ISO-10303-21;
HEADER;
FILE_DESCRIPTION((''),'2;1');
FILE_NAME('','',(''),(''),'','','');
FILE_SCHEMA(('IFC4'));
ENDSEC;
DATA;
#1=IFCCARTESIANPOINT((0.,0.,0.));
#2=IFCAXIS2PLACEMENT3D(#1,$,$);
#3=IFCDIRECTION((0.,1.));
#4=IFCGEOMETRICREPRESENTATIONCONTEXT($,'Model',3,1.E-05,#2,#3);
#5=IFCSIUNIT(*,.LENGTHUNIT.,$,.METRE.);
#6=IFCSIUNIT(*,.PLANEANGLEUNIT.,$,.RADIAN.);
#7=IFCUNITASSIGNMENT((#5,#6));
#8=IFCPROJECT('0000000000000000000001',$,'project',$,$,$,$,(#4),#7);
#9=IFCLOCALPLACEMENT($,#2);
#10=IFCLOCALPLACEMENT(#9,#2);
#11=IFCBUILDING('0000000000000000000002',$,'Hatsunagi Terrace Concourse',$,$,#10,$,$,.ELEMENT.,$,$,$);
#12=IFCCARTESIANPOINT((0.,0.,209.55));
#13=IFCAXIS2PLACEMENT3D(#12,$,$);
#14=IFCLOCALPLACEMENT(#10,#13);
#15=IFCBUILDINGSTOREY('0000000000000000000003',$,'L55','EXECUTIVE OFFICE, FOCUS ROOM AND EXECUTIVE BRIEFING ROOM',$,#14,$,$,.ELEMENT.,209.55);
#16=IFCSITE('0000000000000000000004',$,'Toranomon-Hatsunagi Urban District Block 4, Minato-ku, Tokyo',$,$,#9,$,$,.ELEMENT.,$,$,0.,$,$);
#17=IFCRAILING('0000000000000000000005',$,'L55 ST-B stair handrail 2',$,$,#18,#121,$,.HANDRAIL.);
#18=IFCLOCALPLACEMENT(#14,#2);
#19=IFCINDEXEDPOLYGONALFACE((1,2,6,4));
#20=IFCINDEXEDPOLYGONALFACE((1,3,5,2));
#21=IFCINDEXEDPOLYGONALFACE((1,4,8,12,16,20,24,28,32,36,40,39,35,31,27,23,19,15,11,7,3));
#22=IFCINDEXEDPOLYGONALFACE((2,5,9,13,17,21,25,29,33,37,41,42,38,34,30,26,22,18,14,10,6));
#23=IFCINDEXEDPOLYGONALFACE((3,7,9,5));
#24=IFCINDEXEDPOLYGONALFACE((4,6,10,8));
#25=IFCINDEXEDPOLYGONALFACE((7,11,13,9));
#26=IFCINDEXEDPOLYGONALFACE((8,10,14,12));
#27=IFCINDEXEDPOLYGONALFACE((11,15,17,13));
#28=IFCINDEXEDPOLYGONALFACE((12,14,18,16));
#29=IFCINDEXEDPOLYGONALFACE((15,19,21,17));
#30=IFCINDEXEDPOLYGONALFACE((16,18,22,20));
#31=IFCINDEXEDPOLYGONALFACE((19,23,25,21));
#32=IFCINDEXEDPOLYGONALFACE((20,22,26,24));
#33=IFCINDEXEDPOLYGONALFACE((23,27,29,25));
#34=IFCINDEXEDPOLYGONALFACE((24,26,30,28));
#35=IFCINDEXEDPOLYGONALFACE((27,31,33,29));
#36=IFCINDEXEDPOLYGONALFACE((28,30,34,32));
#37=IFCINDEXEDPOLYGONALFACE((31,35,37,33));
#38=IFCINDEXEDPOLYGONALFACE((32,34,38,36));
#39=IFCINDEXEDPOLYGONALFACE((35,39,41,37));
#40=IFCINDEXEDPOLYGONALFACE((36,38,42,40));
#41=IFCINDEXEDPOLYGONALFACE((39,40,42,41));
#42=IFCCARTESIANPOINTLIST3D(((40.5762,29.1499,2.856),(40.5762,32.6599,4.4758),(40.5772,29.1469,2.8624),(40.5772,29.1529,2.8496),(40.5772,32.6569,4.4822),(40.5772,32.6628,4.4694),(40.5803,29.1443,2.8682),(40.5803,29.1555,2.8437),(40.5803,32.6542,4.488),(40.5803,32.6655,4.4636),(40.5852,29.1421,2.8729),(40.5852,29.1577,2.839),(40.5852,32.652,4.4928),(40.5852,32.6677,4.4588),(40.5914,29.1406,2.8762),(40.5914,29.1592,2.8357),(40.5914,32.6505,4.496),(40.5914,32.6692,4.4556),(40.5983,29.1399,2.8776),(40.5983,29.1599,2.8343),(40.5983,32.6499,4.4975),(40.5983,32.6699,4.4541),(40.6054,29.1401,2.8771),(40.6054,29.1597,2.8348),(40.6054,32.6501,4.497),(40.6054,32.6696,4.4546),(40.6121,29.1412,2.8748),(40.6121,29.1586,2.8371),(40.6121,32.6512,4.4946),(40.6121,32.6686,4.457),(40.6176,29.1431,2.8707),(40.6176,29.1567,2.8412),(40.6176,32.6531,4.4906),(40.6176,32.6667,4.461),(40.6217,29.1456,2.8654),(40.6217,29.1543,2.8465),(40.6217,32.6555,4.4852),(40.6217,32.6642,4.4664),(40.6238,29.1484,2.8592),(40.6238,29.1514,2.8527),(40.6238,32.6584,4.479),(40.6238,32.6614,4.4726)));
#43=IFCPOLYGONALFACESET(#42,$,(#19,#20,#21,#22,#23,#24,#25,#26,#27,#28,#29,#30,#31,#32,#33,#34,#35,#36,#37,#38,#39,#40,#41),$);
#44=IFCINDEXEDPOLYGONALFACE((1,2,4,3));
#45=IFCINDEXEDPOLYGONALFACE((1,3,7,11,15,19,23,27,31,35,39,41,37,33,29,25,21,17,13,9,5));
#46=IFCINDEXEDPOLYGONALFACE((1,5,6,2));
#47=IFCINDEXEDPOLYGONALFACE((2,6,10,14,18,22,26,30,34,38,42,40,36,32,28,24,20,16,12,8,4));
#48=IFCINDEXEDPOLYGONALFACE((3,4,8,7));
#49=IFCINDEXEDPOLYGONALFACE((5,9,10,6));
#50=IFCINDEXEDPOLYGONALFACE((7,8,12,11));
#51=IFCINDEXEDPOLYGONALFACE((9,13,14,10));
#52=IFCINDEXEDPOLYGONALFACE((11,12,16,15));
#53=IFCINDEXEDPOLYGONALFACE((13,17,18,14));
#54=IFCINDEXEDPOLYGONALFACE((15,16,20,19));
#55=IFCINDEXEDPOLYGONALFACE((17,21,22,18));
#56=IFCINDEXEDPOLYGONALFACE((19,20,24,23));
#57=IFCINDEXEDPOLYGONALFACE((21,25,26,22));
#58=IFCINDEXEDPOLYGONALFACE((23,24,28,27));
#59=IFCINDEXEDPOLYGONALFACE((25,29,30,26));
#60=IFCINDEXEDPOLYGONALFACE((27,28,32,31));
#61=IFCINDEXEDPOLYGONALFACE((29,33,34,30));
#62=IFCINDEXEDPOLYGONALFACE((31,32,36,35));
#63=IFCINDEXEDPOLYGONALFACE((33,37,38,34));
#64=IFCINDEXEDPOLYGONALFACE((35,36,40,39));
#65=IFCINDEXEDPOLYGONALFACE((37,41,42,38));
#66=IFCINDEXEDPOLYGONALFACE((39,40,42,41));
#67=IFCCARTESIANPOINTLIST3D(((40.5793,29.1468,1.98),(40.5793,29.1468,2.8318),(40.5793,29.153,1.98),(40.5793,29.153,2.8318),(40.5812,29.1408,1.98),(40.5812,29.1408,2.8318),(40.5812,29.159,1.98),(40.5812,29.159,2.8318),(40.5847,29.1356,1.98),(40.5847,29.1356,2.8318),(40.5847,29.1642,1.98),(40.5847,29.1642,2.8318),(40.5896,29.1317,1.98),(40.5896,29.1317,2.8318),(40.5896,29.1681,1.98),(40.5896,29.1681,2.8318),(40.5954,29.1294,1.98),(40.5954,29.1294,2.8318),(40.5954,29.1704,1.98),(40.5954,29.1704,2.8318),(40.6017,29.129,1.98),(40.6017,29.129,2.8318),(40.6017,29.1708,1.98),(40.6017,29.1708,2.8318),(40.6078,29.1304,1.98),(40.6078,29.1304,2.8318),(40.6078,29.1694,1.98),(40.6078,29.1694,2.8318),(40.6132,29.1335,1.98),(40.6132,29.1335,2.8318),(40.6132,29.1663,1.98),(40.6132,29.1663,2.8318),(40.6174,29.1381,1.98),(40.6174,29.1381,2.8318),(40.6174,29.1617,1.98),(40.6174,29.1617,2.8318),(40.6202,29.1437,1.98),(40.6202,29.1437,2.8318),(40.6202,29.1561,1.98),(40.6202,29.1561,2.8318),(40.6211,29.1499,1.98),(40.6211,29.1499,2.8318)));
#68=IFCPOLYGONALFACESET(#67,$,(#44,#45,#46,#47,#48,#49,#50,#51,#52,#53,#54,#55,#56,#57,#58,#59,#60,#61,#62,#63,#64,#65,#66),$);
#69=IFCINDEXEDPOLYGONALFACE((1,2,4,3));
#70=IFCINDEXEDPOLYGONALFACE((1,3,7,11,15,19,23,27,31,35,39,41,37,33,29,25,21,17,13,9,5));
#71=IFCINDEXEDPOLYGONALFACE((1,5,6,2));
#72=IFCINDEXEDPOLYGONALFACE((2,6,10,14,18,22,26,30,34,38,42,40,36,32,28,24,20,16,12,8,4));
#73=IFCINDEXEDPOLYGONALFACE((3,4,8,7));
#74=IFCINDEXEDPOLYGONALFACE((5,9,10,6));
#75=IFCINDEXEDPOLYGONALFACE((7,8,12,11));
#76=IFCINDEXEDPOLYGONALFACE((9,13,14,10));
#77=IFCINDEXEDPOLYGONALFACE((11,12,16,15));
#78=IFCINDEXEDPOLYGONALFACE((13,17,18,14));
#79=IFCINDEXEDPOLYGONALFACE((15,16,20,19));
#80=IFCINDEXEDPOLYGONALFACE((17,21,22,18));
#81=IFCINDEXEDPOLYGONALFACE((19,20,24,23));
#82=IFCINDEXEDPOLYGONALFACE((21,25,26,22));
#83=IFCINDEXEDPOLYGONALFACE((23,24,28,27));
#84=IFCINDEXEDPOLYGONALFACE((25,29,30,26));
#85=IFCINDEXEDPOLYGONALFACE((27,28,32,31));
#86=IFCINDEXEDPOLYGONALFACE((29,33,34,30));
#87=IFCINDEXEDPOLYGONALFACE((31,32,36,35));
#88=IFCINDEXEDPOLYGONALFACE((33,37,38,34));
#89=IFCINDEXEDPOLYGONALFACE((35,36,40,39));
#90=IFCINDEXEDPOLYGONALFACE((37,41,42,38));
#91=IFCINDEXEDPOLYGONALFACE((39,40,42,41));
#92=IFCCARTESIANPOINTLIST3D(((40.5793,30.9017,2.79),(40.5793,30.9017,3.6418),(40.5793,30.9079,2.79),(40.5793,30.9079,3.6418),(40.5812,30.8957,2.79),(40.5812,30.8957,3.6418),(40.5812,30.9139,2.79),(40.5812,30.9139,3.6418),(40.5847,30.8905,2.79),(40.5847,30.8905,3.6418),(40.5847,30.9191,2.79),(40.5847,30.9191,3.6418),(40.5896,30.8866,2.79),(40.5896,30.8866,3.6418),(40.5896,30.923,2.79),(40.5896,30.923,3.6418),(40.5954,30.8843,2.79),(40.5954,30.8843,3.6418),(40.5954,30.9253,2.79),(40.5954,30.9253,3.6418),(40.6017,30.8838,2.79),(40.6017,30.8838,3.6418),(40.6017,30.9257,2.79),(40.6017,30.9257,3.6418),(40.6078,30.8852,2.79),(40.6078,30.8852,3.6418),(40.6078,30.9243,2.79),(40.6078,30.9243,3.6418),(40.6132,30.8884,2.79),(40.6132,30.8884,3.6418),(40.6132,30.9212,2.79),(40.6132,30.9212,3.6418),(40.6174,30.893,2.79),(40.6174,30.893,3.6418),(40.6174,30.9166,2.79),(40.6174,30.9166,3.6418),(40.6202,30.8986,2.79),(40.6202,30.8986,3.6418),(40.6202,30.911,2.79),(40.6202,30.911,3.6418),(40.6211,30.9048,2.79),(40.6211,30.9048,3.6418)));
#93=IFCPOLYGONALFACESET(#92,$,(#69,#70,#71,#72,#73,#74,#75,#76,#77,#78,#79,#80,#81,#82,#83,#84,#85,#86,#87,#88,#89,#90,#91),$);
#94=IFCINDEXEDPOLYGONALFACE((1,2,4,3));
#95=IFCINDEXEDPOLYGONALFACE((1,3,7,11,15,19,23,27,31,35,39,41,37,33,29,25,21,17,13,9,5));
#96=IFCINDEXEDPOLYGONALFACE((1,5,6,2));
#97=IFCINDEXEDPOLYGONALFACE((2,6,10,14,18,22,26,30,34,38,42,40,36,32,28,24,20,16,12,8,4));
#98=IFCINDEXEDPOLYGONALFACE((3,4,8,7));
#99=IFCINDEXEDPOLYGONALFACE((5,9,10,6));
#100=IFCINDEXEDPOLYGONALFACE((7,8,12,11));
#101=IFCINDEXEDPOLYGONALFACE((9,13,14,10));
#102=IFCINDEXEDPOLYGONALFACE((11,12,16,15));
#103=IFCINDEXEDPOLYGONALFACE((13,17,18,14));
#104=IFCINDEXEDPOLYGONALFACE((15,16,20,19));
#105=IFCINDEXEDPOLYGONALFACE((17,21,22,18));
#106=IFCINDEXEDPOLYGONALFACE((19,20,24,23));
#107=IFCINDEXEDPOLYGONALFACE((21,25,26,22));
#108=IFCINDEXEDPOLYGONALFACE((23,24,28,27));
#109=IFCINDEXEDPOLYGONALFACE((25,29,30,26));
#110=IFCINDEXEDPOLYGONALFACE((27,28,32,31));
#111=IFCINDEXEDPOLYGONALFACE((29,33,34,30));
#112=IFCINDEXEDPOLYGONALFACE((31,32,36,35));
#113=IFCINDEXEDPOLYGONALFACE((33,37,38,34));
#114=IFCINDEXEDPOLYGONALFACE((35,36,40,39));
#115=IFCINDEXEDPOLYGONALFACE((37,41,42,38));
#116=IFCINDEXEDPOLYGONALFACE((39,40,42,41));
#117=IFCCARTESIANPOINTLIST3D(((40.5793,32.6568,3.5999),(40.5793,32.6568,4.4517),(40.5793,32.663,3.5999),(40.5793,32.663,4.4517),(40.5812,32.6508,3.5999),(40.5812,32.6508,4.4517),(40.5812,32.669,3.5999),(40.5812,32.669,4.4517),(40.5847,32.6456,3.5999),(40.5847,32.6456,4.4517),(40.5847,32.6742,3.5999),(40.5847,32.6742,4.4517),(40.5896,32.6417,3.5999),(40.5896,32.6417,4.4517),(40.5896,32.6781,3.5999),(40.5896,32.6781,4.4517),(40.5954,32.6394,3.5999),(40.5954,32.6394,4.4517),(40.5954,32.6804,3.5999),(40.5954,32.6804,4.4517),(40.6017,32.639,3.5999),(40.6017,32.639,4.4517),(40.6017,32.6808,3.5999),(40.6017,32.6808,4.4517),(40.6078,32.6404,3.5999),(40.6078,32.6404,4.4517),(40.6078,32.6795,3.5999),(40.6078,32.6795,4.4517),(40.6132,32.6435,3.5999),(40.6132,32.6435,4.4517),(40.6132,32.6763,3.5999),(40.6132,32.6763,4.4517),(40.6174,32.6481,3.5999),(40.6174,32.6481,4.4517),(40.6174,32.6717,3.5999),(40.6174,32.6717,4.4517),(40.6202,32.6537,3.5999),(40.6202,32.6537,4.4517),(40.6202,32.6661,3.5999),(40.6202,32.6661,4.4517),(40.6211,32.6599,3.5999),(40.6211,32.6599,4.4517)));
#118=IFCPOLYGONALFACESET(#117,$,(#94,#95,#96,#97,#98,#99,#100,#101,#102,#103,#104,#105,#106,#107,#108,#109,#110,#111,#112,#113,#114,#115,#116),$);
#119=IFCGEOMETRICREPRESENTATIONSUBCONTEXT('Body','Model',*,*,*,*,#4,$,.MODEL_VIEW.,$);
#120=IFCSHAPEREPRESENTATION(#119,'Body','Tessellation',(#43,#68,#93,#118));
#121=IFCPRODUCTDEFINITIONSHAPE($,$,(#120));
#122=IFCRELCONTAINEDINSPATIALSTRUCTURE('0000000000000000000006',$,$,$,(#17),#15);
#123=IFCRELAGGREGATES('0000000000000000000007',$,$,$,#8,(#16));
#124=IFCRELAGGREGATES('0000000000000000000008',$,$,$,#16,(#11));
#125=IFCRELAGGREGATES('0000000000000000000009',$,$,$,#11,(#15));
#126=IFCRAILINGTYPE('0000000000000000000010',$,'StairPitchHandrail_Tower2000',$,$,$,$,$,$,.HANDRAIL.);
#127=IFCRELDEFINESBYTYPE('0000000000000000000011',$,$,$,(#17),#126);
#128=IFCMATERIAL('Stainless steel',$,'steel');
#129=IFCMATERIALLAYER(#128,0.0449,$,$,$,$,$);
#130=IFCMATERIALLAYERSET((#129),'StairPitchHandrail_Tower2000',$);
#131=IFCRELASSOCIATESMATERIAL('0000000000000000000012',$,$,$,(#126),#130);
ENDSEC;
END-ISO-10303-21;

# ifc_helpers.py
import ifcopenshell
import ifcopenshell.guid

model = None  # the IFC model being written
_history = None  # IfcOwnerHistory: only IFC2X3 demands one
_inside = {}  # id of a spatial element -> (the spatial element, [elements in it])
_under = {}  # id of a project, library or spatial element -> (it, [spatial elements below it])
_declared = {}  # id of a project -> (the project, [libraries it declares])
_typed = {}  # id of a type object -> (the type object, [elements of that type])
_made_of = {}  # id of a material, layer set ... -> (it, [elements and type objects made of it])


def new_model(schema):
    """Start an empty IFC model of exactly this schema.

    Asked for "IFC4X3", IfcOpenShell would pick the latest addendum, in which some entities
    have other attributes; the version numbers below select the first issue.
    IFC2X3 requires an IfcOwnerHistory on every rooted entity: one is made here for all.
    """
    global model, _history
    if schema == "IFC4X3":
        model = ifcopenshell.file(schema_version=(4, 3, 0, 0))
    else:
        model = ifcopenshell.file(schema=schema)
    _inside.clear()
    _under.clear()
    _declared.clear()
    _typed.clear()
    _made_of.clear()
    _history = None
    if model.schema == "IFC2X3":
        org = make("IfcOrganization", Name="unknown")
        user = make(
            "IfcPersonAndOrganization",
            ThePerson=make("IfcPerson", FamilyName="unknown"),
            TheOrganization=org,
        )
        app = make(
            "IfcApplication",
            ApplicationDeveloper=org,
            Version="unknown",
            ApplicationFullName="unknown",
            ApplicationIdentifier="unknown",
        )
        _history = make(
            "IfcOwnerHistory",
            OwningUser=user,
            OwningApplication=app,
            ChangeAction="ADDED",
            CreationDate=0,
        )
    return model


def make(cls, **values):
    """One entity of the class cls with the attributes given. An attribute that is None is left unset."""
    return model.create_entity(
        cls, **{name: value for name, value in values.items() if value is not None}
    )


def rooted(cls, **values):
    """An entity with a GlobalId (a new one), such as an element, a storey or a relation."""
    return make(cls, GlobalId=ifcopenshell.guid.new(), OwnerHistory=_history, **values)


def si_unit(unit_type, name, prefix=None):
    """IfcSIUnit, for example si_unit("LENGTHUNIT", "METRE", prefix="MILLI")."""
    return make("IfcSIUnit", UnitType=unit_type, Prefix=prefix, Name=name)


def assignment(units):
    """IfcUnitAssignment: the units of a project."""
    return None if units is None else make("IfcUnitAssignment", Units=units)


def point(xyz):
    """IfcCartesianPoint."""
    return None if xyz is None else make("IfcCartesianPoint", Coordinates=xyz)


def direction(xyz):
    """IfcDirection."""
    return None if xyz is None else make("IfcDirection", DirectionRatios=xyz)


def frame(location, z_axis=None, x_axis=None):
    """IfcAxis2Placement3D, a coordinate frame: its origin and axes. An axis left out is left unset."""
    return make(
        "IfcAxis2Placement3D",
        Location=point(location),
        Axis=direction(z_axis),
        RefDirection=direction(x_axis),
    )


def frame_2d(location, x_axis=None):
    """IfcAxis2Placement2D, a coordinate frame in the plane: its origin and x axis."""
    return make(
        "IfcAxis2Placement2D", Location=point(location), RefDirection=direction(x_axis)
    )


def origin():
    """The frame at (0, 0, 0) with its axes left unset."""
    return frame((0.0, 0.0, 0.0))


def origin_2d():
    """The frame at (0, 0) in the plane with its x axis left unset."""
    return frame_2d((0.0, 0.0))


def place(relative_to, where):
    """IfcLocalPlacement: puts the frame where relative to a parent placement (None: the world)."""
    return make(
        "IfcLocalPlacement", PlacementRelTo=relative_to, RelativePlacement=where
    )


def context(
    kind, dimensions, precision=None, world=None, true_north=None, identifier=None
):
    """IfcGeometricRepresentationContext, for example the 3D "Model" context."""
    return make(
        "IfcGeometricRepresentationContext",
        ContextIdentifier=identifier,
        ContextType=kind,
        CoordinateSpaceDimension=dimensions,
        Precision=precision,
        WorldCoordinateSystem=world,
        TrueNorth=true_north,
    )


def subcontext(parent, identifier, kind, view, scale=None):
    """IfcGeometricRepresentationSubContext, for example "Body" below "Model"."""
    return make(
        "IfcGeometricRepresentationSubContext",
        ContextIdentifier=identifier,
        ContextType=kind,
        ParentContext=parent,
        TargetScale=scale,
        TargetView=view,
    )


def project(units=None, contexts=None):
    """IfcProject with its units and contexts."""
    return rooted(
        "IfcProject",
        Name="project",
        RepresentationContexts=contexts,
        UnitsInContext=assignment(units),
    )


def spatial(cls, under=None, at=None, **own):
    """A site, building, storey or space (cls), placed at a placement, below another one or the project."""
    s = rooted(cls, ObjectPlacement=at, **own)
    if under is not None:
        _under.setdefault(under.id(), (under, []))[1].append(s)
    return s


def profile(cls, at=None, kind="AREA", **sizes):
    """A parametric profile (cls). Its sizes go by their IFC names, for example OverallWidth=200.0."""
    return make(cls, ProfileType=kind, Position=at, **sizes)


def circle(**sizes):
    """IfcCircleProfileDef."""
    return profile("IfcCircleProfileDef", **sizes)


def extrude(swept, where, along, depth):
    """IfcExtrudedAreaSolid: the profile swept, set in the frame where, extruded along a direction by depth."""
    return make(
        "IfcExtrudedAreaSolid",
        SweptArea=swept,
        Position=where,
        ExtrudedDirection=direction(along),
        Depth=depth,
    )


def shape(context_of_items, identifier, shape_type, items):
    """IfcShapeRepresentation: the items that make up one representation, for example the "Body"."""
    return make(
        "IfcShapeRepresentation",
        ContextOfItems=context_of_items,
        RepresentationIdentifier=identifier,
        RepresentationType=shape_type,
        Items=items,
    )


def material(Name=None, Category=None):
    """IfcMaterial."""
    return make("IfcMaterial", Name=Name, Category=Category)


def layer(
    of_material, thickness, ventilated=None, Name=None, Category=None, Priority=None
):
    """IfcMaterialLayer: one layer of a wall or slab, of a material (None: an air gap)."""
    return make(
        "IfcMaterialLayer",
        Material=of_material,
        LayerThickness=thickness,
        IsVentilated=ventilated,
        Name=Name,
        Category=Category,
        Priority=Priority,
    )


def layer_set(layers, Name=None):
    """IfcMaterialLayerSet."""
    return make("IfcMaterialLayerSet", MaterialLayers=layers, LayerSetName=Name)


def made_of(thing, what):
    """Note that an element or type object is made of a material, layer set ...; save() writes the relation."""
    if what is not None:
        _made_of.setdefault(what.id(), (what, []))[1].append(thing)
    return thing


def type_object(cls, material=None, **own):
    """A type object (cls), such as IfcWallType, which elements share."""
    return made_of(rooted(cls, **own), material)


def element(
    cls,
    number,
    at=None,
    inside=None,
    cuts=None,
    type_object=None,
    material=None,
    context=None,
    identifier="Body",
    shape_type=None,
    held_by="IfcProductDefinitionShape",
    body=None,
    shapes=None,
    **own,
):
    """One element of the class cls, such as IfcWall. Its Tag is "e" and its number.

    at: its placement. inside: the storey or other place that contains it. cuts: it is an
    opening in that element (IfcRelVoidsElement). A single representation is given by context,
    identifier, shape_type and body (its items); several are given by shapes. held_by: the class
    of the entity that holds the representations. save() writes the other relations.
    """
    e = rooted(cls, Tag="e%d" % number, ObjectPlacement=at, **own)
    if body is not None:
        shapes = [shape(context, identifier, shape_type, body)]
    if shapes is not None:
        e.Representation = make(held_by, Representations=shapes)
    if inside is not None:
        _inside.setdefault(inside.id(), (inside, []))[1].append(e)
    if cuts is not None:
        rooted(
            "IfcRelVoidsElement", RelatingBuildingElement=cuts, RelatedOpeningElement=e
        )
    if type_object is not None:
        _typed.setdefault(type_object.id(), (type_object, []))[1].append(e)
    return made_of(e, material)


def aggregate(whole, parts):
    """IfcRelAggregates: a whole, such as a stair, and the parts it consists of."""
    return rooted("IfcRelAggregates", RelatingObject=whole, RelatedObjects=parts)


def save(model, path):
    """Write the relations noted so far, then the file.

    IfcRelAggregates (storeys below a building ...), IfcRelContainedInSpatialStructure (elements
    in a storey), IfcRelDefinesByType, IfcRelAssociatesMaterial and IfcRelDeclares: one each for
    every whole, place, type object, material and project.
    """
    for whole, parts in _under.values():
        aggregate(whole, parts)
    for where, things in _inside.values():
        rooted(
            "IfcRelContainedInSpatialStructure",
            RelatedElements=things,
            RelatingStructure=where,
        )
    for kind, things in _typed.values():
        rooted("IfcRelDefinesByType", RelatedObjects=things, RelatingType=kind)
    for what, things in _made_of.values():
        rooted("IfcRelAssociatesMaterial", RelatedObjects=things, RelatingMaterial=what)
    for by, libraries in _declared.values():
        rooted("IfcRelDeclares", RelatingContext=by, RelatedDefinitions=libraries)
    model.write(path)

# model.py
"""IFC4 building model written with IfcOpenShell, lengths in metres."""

from ifc_helpers import new_model, si_unit, direction, frame, origin, origin_2d, place, context, subcontext, project, spatial, circle, extrude, material, layer, layer_set, type_object, element, save


model = new_model("IFC4")

# Units and contexts
model_context = context("Model", 3, precision=1e-05, world=origin(), true_north=direction((0.0, 1.0)))
body_context = subcontext(model_context, "Body", "Model", "MODEL_VIEW")
ifc_project = project(units=[si_unit("LENGTHUNIT", "METRE"), si_unit("PLANEANGLEUNIT", "RADIAN")], contexts=[model_context])

# Site, building, storey
site_placement = place(None, origin())
site = spatial("IfcSite", under=ifc_project, at=site_placement, Name="Toranomon-Hatsunagi Urban District Block 4, Minato-ku, Tokyo", CompositionType="ELEMENT", RefElevation=0.0)
building_placement = place(site_placement, origin())
building = spatial("IfcBuilding", under=site, at=building_placement, Name="Hatsunagi Terrace Concourse", CompositionType="ELEMENT")
storey_placement = place(building_placement, frame((0.0, 0.0, 209.55)))
storey = spatial("IfcBuildingStorey", under=building, at=storey_placement, Name="L55", Description="EXECUTIVE OFFICE, FOCUS ROOM AND EXECUTIVE BRIEFING ROOM", CompositionType="ELEMENT", Elevation=209.55)

# Railing
ifc_material_1 = material(Name="Stainless steel", Category="steel")
ifc_layer_1 = layer(ifc_material_1, 0.0449)
ifc_layer_set_1 = layer_set([ifc_layer_1], Name="StairPitchHandrail_Tower2000")
railing_type_1 = type_object("IfcRailingType", Name="StairPitchHandrail_Tower2000", PredefinedType="HANDRAIL", material=ifc_layer_set_1)
railing_1_placement = place(storey_placement, frame((40.6001, 29.1499, 1.98)))
element("IfcRailing", 1, at=railing_1_placement, inside=storey, type_object=railing_type_1, Name="L55 ST-B stair handrail 2", PredefinedType="HANDRAIL", context=body_context, shape_type="SweptSolid", body=[
    extrude(circle(Radius=0.0239, at=origin_2d()), frame((0.0, 0.0, 0.876), z_axis=(0.0, 0.907972, 0.41903), x_axis=(-1.0, 0.0, 0.0)), (0.0, 0.0, 1.0), 3.8657),
    extrude(circle(Radius=0.021, at=origin_2d()), origin(), (0.0, 0.0, 1.0), 0.8518),
    extrude(circle(Radius=0.021, at=origin_2d()), frame((0.0, 1.7549, 0.8101)), (0.0, 0.0, 1.0), 0.8518),
    extrude(circle(Radius=0.021, at=origin_2d()), frame((0.0, 3.51, 1.6199)), (0.0, 0.0, 1.0), 0.8518),
])

save(model, "model.ifc")
